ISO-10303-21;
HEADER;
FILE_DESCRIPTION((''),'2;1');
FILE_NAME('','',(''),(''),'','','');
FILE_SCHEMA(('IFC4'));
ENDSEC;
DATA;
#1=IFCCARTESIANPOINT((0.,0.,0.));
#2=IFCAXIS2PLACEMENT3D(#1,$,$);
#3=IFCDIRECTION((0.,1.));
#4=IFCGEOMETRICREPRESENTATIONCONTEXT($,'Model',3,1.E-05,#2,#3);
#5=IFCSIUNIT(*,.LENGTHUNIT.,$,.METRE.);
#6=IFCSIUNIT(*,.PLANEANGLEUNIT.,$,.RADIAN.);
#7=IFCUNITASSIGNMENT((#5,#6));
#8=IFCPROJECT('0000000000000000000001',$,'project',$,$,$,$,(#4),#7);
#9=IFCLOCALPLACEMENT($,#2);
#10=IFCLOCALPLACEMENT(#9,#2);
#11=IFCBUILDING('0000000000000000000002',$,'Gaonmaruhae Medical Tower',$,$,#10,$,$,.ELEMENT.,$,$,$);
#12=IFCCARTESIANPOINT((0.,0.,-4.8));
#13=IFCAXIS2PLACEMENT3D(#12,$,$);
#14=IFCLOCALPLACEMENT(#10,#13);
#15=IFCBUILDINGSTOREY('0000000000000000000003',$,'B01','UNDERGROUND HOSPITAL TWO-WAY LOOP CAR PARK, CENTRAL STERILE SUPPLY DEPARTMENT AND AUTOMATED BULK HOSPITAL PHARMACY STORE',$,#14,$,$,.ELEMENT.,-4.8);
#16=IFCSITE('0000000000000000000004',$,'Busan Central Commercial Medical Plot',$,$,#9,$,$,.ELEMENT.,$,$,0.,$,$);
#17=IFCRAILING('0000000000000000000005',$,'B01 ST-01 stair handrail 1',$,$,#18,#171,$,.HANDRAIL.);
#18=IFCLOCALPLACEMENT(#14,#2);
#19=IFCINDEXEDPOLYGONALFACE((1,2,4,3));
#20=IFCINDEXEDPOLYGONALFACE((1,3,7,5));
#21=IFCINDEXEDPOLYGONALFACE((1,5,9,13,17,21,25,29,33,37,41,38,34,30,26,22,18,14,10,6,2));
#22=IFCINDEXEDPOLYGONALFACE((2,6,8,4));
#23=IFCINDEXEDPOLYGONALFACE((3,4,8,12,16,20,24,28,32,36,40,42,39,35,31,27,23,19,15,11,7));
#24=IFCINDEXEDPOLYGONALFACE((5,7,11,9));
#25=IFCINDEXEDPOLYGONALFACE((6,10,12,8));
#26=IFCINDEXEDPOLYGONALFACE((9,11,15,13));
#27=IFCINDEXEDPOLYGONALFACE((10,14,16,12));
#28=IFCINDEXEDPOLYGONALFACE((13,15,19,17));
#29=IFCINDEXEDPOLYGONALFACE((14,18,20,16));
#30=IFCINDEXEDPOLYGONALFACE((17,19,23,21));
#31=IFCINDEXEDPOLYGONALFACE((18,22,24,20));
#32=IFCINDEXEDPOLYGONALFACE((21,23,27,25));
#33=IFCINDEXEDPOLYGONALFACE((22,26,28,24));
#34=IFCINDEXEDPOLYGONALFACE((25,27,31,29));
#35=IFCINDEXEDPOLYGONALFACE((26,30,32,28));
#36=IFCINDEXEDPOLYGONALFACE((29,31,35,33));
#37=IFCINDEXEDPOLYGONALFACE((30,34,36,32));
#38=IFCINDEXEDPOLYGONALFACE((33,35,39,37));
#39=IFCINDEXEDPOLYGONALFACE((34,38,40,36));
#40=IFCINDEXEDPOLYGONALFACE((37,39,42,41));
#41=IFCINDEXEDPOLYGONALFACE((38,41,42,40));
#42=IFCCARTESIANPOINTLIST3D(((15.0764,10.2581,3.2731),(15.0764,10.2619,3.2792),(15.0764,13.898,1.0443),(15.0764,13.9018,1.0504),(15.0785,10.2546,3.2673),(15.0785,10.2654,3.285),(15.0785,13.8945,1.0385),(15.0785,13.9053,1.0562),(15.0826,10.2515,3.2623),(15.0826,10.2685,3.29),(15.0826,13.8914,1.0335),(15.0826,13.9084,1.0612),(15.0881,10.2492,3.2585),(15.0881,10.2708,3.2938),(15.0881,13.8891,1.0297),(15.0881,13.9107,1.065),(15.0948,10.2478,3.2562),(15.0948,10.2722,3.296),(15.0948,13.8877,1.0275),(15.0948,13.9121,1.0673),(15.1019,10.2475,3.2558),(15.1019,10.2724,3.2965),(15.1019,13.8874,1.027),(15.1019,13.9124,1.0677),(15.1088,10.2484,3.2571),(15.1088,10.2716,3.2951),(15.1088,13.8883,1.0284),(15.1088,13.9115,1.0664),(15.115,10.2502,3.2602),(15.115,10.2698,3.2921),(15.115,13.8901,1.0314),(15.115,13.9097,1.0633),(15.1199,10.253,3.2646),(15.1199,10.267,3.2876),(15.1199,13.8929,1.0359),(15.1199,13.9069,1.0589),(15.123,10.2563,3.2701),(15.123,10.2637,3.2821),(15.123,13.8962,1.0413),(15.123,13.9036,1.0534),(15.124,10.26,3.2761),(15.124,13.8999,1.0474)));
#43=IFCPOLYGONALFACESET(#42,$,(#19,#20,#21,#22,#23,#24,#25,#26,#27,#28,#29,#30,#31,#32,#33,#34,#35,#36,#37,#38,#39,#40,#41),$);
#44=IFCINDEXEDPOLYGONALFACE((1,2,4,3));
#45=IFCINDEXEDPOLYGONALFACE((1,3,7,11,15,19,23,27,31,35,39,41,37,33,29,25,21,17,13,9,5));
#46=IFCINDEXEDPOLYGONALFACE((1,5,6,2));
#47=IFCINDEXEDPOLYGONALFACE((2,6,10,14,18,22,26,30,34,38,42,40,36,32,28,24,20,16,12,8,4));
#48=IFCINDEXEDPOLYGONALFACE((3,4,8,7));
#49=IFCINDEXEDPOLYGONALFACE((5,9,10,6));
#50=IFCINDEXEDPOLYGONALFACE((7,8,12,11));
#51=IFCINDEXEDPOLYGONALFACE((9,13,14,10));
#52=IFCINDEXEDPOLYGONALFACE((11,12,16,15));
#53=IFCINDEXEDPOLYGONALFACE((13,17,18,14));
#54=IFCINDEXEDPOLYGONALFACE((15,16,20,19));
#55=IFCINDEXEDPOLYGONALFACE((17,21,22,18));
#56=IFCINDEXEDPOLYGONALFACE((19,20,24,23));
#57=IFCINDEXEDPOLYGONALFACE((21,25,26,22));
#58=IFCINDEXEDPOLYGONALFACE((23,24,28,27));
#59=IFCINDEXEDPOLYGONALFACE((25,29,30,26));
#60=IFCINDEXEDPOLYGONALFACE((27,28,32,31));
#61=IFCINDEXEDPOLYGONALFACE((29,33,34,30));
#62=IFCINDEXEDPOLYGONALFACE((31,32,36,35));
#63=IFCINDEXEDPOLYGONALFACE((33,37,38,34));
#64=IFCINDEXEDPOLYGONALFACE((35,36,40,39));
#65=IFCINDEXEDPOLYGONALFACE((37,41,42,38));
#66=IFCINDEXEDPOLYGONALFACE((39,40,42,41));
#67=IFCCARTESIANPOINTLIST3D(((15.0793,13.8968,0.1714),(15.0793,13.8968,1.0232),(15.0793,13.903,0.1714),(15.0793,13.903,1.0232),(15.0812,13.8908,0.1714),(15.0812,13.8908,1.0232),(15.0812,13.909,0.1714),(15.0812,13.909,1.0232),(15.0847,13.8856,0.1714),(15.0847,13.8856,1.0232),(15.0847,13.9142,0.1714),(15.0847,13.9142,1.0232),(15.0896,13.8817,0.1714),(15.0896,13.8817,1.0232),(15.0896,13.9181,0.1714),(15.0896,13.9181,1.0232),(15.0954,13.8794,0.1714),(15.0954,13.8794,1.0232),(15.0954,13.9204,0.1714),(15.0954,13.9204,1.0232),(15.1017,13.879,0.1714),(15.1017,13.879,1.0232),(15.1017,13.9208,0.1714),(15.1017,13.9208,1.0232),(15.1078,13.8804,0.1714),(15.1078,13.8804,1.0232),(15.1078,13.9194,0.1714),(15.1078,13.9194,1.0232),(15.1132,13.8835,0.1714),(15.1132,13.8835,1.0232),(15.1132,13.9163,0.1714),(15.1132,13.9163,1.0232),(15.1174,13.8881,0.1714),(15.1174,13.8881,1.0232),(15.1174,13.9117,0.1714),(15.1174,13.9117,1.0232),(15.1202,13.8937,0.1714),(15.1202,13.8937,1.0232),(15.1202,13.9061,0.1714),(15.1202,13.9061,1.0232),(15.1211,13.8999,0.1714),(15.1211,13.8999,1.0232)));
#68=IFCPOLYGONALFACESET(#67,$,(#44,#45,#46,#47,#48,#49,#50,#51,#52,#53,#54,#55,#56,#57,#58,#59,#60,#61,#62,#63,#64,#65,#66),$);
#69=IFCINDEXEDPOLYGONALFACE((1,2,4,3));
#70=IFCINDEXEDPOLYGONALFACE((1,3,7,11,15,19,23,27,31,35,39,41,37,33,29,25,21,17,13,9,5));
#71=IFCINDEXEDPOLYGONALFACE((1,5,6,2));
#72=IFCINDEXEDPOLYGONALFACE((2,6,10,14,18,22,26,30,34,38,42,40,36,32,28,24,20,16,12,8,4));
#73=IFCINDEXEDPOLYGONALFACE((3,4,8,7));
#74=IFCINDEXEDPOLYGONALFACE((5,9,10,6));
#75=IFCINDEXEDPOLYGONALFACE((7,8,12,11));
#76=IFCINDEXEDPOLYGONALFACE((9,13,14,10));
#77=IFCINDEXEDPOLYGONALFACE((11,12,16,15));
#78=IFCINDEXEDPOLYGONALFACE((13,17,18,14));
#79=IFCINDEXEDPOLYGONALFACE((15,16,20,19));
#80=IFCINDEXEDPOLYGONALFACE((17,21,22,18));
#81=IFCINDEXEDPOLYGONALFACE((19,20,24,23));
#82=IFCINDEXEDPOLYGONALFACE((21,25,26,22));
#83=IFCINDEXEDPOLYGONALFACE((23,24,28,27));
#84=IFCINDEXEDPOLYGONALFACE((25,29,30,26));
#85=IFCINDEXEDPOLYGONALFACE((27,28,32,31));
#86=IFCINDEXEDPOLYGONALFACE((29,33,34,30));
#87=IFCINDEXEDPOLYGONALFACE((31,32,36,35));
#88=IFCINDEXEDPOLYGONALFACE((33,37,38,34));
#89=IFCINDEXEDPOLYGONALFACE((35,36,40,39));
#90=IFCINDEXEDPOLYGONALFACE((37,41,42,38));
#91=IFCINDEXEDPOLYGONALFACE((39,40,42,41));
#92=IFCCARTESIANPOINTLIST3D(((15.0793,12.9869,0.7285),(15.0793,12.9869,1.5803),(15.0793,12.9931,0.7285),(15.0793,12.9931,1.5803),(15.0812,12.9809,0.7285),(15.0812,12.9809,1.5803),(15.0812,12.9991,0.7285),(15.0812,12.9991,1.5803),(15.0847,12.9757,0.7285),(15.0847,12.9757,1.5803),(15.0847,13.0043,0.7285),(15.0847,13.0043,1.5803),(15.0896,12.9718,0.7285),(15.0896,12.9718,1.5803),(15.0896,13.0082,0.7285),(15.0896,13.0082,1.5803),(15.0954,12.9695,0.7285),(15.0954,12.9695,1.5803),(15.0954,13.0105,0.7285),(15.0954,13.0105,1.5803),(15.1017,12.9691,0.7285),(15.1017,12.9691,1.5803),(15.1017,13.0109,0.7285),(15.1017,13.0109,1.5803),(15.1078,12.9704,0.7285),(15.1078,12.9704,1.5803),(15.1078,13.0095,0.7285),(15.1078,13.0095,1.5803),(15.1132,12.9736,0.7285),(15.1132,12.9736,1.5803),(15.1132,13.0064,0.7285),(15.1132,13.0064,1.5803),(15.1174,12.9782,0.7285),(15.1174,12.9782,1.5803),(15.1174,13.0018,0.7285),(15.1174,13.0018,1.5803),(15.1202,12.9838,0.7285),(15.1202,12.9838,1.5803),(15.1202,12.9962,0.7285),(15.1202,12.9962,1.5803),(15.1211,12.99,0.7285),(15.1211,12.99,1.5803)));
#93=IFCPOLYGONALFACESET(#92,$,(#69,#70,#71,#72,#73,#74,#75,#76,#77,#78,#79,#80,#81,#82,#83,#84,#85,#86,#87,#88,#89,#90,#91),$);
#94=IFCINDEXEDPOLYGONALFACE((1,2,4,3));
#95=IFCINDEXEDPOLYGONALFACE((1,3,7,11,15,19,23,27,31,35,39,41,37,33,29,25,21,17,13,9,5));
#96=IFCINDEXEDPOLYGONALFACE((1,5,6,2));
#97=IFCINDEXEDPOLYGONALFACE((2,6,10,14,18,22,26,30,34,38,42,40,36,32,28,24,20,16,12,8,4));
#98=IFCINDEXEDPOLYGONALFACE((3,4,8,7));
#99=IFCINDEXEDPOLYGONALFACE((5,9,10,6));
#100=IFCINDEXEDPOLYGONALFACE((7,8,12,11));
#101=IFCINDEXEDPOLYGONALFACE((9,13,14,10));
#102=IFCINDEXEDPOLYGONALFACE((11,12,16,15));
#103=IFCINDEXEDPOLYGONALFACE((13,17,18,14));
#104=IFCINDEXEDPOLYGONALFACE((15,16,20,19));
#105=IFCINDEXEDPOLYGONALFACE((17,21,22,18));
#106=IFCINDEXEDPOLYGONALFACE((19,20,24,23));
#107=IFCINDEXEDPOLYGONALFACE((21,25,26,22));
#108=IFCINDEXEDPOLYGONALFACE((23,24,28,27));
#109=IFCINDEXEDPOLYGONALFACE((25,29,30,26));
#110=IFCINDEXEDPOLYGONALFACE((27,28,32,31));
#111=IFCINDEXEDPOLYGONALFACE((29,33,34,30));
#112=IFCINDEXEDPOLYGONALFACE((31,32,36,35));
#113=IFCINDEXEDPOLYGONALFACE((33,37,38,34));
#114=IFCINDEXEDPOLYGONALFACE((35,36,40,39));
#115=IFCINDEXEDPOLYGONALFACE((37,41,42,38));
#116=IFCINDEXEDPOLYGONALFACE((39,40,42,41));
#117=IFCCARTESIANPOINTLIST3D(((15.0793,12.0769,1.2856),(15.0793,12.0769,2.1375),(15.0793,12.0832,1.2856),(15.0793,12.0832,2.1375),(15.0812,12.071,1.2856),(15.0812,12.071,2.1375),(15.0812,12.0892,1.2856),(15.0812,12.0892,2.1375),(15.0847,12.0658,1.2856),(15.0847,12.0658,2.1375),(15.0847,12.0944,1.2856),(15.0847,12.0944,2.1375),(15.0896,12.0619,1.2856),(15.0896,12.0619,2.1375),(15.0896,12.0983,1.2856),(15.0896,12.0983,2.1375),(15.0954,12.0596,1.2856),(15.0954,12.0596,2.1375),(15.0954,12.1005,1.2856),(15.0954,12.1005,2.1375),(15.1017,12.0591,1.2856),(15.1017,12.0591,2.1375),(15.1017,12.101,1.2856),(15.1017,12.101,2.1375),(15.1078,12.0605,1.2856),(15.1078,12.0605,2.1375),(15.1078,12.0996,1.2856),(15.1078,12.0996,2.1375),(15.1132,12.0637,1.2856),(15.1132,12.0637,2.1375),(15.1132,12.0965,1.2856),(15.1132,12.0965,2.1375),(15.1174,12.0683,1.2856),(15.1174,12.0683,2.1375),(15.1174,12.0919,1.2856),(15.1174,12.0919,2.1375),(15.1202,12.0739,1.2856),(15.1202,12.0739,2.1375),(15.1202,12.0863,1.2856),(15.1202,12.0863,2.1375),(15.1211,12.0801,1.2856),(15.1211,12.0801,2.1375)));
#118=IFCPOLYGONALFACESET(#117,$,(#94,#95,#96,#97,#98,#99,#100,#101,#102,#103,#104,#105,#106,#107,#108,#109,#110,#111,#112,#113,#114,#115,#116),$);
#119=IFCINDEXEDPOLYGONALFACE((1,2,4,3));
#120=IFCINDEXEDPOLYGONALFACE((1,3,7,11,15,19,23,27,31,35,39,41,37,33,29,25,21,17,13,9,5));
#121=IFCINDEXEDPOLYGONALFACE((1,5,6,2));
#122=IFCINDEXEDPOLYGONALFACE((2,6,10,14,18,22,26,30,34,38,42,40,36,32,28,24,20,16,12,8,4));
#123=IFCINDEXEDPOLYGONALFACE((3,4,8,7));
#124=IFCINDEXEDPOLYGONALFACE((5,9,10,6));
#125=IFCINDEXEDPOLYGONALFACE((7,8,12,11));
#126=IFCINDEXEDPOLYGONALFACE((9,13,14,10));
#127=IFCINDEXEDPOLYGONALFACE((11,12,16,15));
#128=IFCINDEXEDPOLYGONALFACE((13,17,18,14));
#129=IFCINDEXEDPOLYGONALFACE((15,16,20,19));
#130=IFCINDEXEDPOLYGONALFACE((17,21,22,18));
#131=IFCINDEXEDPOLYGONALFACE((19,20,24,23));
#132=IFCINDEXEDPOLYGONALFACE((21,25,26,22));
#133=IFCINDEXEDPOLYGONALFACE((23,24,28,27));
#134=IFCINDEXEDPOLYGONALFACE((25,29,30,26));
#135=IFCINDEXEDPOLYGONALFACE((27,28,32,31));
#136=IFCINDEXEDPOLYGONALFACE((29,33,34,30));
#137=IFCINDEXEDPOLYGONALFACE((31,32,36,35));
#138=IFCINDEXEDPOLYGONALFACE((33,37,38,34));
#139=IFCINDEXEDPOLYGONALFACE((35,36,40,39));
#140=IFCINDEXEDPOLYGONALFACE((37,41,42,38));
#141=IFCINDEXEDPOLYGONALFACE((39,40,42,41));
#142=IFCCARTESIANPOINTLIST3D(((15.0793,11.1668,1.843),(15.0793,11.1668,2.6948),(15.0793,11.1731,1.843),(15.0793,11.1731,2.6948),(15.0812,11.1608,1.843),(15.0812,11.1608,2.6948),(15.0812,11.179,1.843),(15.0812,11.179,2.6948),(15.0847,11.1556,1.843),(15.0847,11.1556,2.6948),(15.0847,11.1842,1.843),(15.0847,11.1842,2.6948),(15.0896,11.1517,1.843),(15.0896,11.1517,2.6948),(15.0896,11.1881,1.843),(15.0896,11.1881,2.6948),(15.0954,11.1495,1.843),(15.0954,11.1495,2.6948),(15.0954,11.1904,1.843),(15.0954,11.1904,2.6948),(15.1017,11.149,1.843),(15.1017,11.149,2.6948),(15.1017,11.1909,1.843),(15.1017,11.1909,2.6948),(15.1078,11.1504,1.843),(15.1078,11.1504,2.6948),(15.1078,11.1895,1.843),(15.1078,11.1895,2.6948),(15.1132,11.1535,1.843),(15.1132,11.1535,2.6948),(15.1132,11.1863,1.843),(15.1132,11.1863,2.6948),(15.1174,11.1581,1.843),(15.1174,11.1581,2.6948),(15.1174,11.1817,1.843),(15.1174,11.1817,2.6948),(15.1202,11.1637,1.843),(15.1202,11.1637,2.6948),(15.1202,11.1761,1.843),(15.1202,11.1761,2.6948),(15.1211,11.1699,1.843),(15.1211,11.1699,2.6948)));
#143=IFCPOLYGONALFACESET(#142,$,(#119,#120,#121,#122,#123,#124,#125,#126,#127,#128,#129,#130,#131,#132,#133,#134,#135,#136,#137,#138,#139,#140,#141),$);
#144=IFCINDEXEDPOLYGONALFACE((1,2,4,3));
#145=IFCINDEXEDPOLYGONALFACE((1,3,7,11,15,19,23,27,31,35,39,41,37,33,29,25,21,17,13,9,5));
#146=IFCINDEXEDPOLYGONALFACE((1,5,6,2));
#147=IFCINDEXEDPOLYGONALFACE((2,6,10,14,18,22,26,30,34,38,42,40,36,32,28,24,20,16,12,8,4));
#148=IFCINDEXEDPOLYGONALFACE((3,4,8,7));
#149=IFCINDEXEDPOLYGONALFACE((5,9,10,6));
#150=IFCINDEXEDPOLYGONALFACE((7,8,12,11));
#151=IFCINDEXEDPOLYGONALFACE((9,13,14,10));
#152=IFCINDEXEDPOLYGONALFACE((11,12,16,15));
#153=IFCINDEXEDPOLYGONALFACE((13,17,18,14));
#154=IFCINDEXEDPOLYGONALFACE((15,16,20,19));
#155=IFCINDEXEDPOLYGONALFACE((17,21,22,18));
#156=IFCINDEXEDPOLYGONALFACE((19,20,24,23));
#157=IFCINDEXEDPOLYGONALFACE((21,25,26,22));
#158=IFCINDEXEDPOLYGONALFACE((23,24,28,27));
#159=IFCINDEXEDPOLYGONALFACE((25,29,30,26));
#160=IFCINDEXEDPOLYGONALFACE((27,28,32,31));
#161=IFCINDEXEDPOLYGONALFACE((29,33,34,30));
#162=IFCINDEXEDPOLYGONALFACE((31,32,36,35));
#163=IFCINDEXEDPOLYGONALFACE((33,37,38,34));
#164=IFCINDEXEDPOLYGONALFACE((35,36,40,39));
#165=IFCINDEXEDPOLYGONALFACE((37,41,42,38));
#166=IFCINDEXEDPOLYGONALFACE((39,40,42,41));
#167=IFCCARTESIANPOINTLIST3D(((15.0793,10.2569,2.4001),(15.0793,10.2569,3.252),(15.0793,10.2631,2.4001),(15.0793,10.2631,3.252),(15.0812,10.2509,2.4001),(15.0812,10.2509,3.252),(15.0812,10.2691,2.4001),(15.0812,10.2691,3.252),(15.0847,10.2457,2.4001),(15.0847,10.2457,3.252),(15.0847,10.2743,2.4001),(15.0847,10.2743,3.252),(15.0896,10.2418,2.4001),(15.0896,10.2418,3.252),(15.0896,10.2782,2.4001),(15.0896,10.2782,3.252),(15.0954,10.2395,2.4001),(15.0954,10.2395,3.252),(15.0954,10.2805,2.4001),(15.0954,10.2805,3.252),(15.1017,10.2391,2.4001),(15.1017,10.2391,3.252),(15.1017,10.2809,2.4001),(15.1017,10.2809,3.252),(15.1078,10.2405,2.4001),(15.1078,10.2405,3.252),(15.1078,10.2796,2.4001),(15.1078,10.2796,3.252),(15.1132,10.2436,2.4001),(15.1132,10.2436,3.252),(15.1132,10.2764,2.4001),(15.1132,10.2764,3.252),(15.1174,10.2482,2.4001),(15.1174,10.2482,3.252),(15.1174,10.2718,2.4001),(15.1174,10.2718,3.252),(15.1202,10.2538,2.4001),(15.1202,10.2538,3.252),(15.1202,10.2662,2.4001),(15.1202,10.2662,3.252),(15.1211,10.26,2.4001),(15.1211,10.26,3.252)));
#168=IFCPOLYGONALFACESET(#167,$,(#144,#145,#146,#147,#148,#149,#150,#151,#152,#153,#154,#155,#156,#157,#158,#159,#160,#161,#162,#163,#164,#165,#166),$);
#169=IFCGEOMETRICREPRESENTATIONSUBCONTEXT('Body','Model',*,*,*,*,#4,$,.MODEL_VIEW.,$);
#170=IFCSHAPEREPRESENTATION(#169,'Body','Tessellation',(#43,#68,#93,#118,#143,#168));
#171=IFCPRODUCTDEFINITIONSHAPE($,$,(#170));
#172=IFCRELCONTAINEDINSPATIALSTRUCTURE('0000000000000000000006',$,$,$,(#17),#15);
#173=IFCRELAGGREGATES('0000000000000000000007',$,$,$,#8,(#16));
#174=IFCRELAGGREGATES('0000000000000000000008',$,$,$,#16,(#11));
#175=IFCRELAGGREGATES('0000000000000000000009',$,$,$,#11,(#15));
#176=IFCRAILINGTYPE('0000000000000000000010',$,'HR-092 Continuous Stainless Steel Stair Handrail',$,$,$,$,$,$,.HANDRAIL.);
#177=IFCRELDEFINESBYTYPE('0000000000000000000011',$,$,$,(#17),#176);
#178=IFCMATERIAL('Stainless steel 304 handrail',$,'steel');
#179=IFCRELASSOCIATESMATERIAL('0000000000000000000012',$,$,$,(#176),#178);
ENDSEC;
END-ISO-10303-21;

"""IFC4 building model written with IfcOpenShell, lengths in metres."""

from ifc_helpers import new_model, si_unit, direction, frame, origin, origin_2d, place, context, subcontext, project, spatial, circle, extrude, material, type_object, element, save


model = new_model("IFC4")

# Units and contexts
model_context = context("Model", 3, precision=1e-05, world=origin(), true_north=direction((0.0, 1.0)))
body_context = subcontext(model_context, "Body", "Model", "MODEL_VIEW")
ifc_project = project(units=[si_unit("LENGTHUNIT", "METRE"), si_unit("PLANEANGLEUNIT", "RADIAN")], contexts=[model_context])

# Site, building, storey
site_placement = place(None, origin())
site = spatial("IfcSite", under=ifc_project, at=site_placement, Name="Busan Central Commercial Medical Plot", CompositionType="ELEMENT", RefElevation=0.0)
building_placement = place(site_placement, origin())
building = spatial("IfcBuilding", under=site, at=building_placement, Name="Gaonmaruhae Medical Tower", CompositionType="ELEMENT")
storey_placement = place(building_placement, frame((0.0, 0.0, -4.8)))
storey = spatial("IfcBuildingStorey", under=building, at=storey_placement, Name="B01", Description="UNDERGROUND HOSPITAL TWO-WAY LOOP CAR PARK, CENTRAL STERILE SUPPLY DEPARTMENT AND AUTOMATED BULK HOSPITAL PHARMACY STORE", CompositionType="ELEMENT", Elevation=-4.8)

# Railing
ifc_material_1 = material(Name="Stainless steel 304 handrail", Category="steel")
railing_type_1 = type_object("IfcRailingType", Name="HR-092 Continuous Stainless Steel Stair Handrail", PredefinedType="HANDRAIL", material=ifc_material_1)
for number, where, name in (
    (1, (15.1001, 13.8999, 0.1714), "B01 ST-01 stair handrail 1"),
):
    element("IfcRailing", number, at=place(storey_placement, frame(where)), inside=storey, type_object=railing_type_1, Name=name, PredefinedType="HANDRAIL", context=body_context, shape_type="SweptSolid", body=[
        extrude(circle(Radius=0.0239, at=origin_2d()), frame((0.0, 0.0, 0.876), z_axis=(0.0, -0.852825, 0.522197), x_axis=(1.0, 0.0, 0.0)), (0.0, 0.0, 1.0), 4.2681),
        extrude(circle(Radius=0.021, at=origin_2d()), origin(), (0.0, 0.0, 1.0), 0.8518),
        extrude(circle(Radius=0.021, at=origin_2d()), frame((0.0, -0.9099, 0.5571)), (0.0, 0.0, 1.0), 0.8518),
        extrude(circle(Radius=0.021, at=origin_2d()), frame((0.0, -1.8198, 1.1143)), (0.0, 0.0, 1.0), 0.8518),
        extrude(circle(Radius=0.021, at=origin_2d()), frame((0.0, -2.73, 1.6716)), (0.0, 0.0, 1.0), 0.8518),
        extrude(circle(Radius=0.021, at=origin_2d()), frame((0.0, -3.6399, 2.2288)), (0.0, 0.0, 1.0), 0.8518),
    ])

save(model, "model.ifc")
